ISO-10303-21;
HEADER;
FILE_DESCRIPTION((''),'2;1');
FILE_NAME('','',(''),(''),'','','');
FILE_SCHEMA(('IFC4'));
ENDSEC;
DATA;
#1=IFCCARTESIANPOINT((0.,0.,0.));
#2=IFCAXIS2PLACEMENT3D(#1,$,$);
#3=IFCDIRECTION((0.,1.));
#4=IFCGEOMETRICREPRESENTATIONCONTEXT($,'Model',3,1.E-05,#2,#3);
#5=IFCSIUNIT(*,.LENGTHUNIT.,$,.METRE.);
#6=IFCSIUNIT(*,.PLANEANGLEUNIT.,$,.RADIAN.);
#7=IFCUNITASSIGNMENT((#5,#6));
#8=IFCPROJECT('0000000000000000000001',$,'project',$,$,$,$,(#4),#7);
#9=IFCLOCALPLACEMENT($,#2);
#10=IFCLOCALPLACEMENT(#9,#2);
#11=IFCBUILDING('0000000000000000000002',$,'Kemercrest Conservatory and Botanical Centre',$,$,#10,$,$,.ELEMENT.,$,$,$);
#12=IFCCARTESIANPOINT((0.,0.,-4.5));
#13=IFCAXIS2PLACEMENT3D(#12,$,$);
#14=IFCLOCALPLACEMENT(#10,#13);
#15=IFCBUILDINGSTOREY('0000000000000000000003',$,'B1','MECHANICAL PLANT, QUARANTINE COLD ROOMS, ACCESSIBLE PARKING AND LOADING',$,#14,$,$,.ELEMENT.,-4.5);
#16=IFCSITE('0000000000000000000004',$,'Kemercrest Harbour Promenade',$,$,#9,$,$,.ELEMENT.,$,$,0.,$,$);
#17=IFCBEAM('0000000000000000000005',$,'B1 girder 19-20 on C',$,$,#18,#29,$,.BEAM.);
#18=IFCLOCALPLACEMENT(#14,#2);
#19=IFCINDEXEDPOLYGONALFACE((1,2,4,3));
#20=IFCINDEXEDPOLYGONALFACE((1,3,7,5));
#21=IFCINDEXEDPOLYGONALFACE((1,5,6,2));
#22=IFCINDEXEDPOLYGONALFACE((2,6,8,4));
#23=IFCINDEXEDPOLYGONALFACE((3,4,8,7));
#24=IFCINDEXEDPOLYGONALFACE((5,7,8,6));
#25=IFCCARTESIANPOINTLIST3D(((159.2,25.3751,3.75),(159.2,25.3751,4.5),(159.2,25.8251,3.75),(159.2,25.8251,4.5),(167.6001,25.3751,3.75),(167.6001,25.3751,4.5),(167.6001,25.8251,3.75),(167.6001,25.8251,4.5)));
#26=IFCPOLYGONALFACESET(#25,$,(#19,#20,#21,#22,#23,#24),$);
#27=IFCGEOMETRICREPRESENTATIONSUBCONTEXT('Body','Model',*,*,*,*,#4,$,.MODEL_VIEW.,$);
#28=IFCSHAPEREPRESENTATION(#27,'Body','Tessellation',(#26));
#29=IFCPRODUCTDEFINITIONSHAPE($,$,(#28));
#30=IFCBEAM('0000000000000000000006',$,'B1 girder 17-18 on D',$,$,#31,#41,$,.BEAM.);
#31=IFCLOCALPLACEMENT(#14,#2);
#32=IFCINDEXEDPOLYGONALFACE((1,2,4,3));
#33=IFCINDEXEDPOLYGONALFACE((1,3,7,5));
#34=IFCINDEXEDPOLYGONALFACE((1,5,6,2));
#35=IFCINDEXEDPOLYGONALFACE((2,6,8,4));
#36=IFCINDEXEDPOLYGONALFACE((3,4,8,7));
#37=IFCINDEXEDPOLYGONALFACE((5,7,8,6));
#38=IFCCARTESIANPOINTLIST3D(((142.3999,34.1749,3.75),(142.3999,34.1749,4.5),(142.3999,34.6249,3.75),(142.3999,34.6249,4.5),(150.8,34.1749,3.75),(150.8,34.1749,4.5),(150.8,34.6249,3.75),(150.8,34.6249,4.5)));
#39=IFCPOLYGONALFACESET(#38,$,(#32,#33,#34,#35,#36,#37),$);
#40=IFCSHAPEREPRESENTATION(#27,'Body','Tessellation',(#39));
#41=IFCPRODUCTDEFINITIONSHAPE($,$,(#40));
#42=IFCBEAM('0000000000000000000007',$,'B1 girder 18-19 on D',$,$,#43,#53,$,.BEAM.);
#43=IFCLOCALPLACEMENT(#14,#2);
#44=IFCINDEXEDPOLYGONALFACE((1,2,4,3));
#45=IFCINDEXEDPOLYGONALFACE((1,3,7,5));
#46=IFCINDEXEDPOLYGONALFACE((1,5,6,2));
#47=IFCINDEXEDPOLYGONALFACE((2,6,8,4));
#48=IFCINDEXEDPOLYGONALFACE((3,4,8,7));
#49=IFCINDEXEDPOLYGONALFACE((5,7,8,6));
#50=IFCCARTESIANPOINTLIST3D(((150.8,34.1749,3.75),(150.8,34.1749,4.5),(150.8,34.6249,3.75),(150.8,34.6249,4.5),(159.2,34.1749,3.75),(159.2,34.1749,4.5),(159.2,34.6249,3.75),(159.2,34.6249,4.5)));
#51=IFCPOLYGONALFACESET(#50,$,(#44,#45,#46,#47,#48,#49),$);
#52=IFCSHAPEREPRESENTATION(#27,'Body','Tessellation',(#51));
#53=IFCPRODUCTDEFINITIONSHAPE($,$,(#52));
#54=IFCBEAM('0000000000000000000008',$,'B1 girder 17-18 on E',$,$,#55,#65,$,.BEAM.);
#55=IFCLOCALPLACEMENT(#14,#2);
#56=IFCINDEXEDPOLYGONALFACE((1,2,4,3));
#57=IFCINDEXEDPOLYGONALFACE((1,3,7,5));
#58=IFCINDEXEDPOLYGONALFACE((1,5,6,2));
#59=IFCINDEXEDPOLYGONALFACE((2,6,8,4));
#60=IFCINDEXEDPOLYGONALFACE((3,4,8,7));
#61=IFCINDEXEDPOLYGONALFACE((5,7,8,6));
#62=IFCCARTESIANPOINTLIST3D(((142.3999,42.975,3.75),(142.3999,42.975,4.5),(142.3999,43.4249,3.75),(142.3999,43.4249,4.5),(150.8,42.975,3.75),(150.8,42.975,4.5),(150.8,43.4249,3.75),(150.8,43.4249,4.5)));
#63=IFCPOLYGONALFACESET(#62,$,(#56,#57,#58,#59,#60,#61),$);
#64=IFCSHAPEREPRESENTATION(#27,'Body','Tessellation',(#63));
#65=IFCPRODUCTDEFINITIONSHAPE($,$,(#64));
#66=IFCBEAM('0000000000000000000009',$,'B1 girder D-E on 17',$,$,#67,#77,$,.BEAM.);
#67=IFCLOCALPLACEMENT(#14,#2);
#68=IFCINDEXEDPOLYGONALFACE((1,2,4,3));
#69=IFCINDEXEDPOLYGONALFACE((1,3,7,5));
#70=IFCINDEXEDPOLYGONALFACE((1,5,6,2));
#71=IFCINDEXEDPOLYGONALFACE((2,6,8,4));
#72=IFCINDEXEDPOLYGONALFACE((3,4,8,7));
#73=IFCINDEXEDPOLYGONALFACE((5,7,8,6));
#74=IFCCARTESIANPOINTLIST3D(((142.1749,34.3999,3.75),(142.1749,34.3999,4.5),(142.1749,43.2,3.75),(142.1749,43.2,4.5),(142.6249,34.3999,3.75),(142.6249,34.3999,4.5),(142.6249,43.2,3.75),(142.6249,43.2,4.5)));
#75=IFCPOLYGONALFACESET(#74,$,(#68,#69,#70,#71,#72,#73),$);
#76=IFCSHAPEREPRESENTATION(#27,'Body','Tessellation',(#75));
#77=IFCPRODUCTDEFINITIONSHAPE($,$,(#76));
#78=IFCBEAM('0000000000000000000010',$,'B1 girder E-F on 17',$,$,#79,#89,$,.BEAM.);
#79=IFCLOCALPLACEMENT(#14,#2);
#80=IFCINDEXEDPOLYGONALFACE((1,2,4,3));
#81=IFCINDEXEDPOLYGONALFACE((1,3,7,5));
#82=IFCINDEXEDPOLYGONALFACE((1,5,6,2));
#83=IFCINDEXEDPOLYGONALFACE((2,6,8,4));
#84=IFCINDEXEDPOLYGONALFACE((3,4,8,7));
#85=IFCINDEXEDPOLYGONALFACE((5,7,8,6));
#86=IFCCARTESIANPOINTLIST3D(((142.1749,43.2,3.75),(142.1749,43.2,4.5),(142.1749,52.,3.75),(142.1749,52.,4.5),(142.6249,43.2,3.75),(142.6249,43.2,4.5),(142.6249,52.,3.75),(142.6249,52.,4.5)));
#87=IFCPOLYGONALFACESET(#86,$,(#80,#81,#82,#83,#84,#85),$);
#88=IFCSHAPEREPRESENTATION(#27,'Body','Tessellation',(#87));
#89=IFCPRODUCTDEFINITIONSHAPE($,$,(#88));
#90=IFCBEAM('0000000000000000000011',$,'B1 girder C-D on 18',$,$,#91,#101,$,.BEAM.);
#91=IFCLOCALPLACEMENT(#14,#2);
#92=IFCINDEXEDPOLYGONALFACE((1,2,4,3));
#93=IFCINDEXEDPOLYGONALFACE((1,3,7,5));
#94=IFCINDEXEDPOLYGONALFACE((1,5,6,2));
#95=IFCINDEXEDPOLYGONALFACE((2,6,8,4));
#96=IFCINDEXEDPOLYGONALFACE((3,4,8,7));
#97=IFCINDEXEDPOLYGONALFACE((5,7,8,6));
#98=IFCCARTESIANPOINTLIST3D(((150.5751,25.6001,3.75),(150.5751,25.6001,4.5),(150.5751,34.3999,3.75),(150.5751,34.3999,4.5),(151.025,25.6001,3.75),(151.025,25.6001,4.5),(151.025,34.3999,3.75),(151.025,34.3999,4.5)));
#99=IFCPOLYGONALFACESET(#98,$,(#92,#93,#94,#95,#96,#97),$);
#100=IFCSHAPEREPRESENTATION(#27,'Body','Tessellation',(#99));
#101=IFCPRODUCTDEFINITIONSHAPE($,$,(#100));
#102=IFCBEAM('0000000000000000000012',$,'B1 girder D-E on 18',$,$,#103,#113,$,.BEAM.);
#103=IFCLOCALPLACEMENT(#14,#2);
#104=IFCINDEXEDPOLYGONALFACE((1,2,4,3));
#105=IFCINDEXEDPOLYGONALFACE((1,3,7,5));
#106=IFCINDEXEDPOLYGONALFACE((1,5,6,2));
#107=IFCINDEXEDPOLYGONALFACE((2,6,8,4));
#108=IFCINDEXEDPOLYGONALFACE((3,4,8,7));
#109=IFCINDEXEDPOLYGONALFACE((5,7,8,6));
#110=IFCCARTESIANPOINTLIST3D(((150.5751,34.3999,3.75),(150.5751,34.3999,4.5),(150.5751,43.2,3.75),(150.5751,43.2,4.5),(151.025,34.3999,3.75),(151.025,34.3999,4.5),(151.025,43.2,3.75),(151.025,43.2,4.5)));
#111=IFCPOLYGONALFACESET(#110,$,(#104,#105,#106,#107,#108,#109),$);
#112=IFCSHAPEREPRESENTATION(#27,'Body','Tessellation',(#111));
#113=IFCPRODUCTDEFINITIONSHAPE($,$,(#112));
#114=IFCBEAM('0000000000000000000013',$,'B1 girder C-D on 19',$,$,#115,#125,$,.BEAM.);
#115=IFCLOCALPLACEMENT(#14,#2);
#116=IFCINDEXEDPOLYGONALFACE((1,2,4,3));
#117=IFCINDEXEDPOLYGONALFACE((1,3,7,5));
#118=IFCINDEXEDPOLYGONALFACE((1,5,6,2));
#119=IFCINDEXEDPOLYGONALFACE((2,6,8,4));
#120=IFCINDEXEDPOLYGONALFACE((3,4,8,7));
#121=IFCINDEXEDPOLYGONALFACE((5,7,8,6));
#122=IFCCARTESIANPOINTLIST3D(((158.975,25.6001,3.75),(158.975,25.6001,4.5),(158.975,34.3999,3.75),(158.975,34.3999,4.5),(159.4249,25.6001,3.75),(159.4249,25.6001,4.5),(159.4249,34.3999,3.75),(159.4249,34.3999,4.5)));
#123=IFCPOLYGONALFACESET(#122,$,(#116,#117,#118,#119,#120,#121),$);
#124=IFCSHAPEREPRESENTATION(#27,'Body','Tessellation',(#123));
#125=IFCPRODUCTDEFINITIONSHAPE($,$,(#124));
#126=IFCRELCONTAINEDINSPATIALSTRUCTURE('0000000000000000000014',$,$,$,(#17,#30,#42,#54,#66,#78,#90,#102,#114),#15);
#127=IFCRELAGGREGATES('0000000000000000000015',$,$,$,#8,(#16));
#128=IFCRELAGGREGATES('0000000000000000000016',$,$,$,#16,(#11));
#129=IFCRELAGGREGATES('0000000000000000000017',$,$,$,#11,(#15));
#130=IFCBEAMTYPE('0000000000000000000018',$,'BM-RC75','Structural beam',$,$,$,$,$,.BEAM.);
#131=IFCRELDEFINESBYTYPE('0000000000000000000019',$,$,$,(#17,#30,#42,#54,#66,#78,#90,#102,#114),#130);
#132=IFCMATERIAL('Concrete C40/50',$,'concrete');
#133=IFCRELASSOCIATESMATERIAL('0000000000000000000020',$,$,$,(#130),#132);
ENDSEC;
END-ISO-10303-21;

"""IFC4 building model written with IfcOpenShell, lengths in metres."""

from ifc_helpers import new_model, si_unit, direction, frame, origin, origin_2d, place, context, subcontext, project, spatial, rectangle, extrude, material, material_profile, profile_set, type_object, element, save


model = new_model("IFC4")

# Units and contexts
model_context = context("Model", 3, precision=1e-05, world=origin(), true_north=direction((0.0, 1.0)))
body_context = subcontext(model_context, "Body", "Model", "MODEL_VIEW")
ifc_project = project(units=[si_unit("LENGTHUNIT", "METRE"), si_unit("PLANEANGLEUNIT", "RADIAN")], contexts=[model_context])

# Site, building, storey
site_placement = place(None, origin())
site = spatial("IfcSite", under=ifc_project, at=site_placement, Name="Kemercrest Harbour Promenade", CompositionType="ELEMENT", RefElevation=0.0)
building_placement = place(site_placement, origin())
building = spatial("IfcBuilding", under=site, at=building_placement, Name="Kemercrest Conservatory and Botanical Centre", CompositionType="ELEMENT")
storey_placement = place(building_placement, frame((0.0, 0.0, -4.5)))
storey = spatial("IfcBuildingStorey", under=building, at=storey_placement, Name="B1", Description="MECHANICAL PLANT, QUARANTINE COLD ROOMS, ACCESSIBLE PARKING AND LOADING", CompositionType="ELEMENT", Elevation=-4.5)

# Shared definitions
ifc_material_1 = material(Name="Concrete C40/50", Category="concrete")

# Beams
ifc_material_profile_1 = material_profile(ifc_material_1, rectangle(XDim=0.45, YDim=0.75, at=origin_2d()), Name="RC 450x750")
ifc_profile_set_1 = profile_set([ifc_material_profile_1], Name="Concrete C40/50")
beam_type = type_object("IfcBeamType", Name="BM-RC75", Description="Structural beam", PredefinedType="BEAM", material=ifc_profile_set_1)
for number, where, z_axis, x_axis, name in (
    (1, (159.2, 25.6001, 4.125), (1.0, 0.0, 0.0), (0.0, 1.0, 0.0), "B1 girder 19-20 on C"),
    (2, (142.3999, 34.3999, 4.125), (1.0, 0.0, 0.0), (0.0, 1.0, 0.0), "B1 girder 17-18 on D"),
):
    element("IfcBeam", number, at=place(storey_placement, frame(where, z_axis=z_axis, x_axis=x_axis)), inside=storey, type_object=beam_type, Name=name, PredefinedType="BEAM", context=body_context, shape_type="SweptSolid", body=[
        extrude(rectangle(XDim=0.45, YDim=0.75, at=origin_2d()), origin(), (0.0, 0.0, 1.0), 8.4001),
    ])
beam_1_placement = place(storey_placement, frame((150.8, 34.3999, 4.125), z_axis=(1.0, 0.0, 0.0), x_axis=(0.0, 1.0, 0.0)))
element("IfcBeam", 3, at=beam_1_placement, inside=storey, type_object=beam_type, Name="B1 girder 18-19 on D", PredefinedType="BEAM", context=body_context, shape_type="SweptSolid", body=[
    extrude(rectangle(XDim=0.45, YDim=0.75, at=origin_2d()), origin(), (0.0, 0.0, 1.0), 8.3999),
])
beam_2_placement = place(storey_placement, frame((142.3999, 43.2, 4.125), z_axis=(1.0, 0.0, 0.0), x_axis=(0.0, 1.0, 0.0)))
element("IfcBeam", 4, at=beam_2_placement, inside=storey, type_object=beam_type, Name="B1 girder 17-18 on E", PredefinedType="BEAM", context=body_context, shape_type="SweptSolid", body=[
    extrude(rectangle(XDim=0.45, YDim=0.75, at=origin_2d()), origin(), (0.0, 0.0, 1.0), 8.4001),
])
for number, where, z_axis, x_axis, name in (
    (5, (142.3999, 34.3999, 4.125), (0.0, 1.0, 0.0), (-1.0, 0.0, 0.0), "B1 girder D-E on 17"),
    (6, (142.3999, 43.2, 4.125), (0.0, 1.0, 0.0), (-1.0, 0.0, 0.0), "B1 girder E-F on 17"),
):
    element("IfcBeam", number, at=place(storey_placement, frame(where, z_axis=z_axis, x_axis=x_axis)), inside=storey, type_object=beam_type, Name=name, PredefinedType="BEAM", context=body_context, shape_type="SweptSolid", body=[
        extrude(rectangle(XDim=0.45, YDim=0.75, at=origin_2d()), origin(), (0.0, 0.0, 1.0), 8.8),
    ])
beam_3_placement = place(storey_placement, frame((150.8, 25.6001, 4.125), z_axis=(0.0, 1.0, 0.0), x_axis=(-1.0, 0.0, 0.0)))
element("IfcBeam", 7, at=beam_3_placement, inside=storey, type_object=beam_type, Name="B1 girder C-D on 18", PredefinedType="BEAM", context=body_context, shape_type="SweptSolid", body=[
    extrude(rectangle(XDim=0.45, YDim=0.75, at=origin_2d()), origin(), (0.0, 0.0, 1.0), 8.7998),
])
beam_4_placement = place(storey_placement, frame((150.8, 34.3999, 4.125), z_axis=(0.0, 1.0, 0.0), x_axis=(-1.0, 0.0, 0.0)))
element("IfcBeam", 8, at=beam_4_placement, inside=storey, type_object=beam_type, Name="B1 girder D-E on 18", PredefinedType="BEAM", context=body_context, shape_type="SweptSolid", body=[
    extrude(rectangle(XDim=0.45, YDim=0.75, at=origin_2d()), origin(), (0.0, 0.0, 1.0), 8.8),
])
beam_5_placement = place(storey_placement, frame((159.2, 25.6001, 4.125), z_axis=(0.0, 1.0, 0.0), x_axis=(-1.0, 0.0, 0.0)))
element("IfcBeam", 9, at=beam_5_placement, inside=storey, type_object=beam_type, Name="B1 girder C-D on 19", PredefinedType="BEAM", context=body_context, shape_type="SweptSolid", body=[
    extrude(rectangle(XDim=0.45, YDim=0.75, at=origin_2d()), origin(), (0.0, 0.0, 1.0), 8.7998),
])

save(model, "model.ifc")
